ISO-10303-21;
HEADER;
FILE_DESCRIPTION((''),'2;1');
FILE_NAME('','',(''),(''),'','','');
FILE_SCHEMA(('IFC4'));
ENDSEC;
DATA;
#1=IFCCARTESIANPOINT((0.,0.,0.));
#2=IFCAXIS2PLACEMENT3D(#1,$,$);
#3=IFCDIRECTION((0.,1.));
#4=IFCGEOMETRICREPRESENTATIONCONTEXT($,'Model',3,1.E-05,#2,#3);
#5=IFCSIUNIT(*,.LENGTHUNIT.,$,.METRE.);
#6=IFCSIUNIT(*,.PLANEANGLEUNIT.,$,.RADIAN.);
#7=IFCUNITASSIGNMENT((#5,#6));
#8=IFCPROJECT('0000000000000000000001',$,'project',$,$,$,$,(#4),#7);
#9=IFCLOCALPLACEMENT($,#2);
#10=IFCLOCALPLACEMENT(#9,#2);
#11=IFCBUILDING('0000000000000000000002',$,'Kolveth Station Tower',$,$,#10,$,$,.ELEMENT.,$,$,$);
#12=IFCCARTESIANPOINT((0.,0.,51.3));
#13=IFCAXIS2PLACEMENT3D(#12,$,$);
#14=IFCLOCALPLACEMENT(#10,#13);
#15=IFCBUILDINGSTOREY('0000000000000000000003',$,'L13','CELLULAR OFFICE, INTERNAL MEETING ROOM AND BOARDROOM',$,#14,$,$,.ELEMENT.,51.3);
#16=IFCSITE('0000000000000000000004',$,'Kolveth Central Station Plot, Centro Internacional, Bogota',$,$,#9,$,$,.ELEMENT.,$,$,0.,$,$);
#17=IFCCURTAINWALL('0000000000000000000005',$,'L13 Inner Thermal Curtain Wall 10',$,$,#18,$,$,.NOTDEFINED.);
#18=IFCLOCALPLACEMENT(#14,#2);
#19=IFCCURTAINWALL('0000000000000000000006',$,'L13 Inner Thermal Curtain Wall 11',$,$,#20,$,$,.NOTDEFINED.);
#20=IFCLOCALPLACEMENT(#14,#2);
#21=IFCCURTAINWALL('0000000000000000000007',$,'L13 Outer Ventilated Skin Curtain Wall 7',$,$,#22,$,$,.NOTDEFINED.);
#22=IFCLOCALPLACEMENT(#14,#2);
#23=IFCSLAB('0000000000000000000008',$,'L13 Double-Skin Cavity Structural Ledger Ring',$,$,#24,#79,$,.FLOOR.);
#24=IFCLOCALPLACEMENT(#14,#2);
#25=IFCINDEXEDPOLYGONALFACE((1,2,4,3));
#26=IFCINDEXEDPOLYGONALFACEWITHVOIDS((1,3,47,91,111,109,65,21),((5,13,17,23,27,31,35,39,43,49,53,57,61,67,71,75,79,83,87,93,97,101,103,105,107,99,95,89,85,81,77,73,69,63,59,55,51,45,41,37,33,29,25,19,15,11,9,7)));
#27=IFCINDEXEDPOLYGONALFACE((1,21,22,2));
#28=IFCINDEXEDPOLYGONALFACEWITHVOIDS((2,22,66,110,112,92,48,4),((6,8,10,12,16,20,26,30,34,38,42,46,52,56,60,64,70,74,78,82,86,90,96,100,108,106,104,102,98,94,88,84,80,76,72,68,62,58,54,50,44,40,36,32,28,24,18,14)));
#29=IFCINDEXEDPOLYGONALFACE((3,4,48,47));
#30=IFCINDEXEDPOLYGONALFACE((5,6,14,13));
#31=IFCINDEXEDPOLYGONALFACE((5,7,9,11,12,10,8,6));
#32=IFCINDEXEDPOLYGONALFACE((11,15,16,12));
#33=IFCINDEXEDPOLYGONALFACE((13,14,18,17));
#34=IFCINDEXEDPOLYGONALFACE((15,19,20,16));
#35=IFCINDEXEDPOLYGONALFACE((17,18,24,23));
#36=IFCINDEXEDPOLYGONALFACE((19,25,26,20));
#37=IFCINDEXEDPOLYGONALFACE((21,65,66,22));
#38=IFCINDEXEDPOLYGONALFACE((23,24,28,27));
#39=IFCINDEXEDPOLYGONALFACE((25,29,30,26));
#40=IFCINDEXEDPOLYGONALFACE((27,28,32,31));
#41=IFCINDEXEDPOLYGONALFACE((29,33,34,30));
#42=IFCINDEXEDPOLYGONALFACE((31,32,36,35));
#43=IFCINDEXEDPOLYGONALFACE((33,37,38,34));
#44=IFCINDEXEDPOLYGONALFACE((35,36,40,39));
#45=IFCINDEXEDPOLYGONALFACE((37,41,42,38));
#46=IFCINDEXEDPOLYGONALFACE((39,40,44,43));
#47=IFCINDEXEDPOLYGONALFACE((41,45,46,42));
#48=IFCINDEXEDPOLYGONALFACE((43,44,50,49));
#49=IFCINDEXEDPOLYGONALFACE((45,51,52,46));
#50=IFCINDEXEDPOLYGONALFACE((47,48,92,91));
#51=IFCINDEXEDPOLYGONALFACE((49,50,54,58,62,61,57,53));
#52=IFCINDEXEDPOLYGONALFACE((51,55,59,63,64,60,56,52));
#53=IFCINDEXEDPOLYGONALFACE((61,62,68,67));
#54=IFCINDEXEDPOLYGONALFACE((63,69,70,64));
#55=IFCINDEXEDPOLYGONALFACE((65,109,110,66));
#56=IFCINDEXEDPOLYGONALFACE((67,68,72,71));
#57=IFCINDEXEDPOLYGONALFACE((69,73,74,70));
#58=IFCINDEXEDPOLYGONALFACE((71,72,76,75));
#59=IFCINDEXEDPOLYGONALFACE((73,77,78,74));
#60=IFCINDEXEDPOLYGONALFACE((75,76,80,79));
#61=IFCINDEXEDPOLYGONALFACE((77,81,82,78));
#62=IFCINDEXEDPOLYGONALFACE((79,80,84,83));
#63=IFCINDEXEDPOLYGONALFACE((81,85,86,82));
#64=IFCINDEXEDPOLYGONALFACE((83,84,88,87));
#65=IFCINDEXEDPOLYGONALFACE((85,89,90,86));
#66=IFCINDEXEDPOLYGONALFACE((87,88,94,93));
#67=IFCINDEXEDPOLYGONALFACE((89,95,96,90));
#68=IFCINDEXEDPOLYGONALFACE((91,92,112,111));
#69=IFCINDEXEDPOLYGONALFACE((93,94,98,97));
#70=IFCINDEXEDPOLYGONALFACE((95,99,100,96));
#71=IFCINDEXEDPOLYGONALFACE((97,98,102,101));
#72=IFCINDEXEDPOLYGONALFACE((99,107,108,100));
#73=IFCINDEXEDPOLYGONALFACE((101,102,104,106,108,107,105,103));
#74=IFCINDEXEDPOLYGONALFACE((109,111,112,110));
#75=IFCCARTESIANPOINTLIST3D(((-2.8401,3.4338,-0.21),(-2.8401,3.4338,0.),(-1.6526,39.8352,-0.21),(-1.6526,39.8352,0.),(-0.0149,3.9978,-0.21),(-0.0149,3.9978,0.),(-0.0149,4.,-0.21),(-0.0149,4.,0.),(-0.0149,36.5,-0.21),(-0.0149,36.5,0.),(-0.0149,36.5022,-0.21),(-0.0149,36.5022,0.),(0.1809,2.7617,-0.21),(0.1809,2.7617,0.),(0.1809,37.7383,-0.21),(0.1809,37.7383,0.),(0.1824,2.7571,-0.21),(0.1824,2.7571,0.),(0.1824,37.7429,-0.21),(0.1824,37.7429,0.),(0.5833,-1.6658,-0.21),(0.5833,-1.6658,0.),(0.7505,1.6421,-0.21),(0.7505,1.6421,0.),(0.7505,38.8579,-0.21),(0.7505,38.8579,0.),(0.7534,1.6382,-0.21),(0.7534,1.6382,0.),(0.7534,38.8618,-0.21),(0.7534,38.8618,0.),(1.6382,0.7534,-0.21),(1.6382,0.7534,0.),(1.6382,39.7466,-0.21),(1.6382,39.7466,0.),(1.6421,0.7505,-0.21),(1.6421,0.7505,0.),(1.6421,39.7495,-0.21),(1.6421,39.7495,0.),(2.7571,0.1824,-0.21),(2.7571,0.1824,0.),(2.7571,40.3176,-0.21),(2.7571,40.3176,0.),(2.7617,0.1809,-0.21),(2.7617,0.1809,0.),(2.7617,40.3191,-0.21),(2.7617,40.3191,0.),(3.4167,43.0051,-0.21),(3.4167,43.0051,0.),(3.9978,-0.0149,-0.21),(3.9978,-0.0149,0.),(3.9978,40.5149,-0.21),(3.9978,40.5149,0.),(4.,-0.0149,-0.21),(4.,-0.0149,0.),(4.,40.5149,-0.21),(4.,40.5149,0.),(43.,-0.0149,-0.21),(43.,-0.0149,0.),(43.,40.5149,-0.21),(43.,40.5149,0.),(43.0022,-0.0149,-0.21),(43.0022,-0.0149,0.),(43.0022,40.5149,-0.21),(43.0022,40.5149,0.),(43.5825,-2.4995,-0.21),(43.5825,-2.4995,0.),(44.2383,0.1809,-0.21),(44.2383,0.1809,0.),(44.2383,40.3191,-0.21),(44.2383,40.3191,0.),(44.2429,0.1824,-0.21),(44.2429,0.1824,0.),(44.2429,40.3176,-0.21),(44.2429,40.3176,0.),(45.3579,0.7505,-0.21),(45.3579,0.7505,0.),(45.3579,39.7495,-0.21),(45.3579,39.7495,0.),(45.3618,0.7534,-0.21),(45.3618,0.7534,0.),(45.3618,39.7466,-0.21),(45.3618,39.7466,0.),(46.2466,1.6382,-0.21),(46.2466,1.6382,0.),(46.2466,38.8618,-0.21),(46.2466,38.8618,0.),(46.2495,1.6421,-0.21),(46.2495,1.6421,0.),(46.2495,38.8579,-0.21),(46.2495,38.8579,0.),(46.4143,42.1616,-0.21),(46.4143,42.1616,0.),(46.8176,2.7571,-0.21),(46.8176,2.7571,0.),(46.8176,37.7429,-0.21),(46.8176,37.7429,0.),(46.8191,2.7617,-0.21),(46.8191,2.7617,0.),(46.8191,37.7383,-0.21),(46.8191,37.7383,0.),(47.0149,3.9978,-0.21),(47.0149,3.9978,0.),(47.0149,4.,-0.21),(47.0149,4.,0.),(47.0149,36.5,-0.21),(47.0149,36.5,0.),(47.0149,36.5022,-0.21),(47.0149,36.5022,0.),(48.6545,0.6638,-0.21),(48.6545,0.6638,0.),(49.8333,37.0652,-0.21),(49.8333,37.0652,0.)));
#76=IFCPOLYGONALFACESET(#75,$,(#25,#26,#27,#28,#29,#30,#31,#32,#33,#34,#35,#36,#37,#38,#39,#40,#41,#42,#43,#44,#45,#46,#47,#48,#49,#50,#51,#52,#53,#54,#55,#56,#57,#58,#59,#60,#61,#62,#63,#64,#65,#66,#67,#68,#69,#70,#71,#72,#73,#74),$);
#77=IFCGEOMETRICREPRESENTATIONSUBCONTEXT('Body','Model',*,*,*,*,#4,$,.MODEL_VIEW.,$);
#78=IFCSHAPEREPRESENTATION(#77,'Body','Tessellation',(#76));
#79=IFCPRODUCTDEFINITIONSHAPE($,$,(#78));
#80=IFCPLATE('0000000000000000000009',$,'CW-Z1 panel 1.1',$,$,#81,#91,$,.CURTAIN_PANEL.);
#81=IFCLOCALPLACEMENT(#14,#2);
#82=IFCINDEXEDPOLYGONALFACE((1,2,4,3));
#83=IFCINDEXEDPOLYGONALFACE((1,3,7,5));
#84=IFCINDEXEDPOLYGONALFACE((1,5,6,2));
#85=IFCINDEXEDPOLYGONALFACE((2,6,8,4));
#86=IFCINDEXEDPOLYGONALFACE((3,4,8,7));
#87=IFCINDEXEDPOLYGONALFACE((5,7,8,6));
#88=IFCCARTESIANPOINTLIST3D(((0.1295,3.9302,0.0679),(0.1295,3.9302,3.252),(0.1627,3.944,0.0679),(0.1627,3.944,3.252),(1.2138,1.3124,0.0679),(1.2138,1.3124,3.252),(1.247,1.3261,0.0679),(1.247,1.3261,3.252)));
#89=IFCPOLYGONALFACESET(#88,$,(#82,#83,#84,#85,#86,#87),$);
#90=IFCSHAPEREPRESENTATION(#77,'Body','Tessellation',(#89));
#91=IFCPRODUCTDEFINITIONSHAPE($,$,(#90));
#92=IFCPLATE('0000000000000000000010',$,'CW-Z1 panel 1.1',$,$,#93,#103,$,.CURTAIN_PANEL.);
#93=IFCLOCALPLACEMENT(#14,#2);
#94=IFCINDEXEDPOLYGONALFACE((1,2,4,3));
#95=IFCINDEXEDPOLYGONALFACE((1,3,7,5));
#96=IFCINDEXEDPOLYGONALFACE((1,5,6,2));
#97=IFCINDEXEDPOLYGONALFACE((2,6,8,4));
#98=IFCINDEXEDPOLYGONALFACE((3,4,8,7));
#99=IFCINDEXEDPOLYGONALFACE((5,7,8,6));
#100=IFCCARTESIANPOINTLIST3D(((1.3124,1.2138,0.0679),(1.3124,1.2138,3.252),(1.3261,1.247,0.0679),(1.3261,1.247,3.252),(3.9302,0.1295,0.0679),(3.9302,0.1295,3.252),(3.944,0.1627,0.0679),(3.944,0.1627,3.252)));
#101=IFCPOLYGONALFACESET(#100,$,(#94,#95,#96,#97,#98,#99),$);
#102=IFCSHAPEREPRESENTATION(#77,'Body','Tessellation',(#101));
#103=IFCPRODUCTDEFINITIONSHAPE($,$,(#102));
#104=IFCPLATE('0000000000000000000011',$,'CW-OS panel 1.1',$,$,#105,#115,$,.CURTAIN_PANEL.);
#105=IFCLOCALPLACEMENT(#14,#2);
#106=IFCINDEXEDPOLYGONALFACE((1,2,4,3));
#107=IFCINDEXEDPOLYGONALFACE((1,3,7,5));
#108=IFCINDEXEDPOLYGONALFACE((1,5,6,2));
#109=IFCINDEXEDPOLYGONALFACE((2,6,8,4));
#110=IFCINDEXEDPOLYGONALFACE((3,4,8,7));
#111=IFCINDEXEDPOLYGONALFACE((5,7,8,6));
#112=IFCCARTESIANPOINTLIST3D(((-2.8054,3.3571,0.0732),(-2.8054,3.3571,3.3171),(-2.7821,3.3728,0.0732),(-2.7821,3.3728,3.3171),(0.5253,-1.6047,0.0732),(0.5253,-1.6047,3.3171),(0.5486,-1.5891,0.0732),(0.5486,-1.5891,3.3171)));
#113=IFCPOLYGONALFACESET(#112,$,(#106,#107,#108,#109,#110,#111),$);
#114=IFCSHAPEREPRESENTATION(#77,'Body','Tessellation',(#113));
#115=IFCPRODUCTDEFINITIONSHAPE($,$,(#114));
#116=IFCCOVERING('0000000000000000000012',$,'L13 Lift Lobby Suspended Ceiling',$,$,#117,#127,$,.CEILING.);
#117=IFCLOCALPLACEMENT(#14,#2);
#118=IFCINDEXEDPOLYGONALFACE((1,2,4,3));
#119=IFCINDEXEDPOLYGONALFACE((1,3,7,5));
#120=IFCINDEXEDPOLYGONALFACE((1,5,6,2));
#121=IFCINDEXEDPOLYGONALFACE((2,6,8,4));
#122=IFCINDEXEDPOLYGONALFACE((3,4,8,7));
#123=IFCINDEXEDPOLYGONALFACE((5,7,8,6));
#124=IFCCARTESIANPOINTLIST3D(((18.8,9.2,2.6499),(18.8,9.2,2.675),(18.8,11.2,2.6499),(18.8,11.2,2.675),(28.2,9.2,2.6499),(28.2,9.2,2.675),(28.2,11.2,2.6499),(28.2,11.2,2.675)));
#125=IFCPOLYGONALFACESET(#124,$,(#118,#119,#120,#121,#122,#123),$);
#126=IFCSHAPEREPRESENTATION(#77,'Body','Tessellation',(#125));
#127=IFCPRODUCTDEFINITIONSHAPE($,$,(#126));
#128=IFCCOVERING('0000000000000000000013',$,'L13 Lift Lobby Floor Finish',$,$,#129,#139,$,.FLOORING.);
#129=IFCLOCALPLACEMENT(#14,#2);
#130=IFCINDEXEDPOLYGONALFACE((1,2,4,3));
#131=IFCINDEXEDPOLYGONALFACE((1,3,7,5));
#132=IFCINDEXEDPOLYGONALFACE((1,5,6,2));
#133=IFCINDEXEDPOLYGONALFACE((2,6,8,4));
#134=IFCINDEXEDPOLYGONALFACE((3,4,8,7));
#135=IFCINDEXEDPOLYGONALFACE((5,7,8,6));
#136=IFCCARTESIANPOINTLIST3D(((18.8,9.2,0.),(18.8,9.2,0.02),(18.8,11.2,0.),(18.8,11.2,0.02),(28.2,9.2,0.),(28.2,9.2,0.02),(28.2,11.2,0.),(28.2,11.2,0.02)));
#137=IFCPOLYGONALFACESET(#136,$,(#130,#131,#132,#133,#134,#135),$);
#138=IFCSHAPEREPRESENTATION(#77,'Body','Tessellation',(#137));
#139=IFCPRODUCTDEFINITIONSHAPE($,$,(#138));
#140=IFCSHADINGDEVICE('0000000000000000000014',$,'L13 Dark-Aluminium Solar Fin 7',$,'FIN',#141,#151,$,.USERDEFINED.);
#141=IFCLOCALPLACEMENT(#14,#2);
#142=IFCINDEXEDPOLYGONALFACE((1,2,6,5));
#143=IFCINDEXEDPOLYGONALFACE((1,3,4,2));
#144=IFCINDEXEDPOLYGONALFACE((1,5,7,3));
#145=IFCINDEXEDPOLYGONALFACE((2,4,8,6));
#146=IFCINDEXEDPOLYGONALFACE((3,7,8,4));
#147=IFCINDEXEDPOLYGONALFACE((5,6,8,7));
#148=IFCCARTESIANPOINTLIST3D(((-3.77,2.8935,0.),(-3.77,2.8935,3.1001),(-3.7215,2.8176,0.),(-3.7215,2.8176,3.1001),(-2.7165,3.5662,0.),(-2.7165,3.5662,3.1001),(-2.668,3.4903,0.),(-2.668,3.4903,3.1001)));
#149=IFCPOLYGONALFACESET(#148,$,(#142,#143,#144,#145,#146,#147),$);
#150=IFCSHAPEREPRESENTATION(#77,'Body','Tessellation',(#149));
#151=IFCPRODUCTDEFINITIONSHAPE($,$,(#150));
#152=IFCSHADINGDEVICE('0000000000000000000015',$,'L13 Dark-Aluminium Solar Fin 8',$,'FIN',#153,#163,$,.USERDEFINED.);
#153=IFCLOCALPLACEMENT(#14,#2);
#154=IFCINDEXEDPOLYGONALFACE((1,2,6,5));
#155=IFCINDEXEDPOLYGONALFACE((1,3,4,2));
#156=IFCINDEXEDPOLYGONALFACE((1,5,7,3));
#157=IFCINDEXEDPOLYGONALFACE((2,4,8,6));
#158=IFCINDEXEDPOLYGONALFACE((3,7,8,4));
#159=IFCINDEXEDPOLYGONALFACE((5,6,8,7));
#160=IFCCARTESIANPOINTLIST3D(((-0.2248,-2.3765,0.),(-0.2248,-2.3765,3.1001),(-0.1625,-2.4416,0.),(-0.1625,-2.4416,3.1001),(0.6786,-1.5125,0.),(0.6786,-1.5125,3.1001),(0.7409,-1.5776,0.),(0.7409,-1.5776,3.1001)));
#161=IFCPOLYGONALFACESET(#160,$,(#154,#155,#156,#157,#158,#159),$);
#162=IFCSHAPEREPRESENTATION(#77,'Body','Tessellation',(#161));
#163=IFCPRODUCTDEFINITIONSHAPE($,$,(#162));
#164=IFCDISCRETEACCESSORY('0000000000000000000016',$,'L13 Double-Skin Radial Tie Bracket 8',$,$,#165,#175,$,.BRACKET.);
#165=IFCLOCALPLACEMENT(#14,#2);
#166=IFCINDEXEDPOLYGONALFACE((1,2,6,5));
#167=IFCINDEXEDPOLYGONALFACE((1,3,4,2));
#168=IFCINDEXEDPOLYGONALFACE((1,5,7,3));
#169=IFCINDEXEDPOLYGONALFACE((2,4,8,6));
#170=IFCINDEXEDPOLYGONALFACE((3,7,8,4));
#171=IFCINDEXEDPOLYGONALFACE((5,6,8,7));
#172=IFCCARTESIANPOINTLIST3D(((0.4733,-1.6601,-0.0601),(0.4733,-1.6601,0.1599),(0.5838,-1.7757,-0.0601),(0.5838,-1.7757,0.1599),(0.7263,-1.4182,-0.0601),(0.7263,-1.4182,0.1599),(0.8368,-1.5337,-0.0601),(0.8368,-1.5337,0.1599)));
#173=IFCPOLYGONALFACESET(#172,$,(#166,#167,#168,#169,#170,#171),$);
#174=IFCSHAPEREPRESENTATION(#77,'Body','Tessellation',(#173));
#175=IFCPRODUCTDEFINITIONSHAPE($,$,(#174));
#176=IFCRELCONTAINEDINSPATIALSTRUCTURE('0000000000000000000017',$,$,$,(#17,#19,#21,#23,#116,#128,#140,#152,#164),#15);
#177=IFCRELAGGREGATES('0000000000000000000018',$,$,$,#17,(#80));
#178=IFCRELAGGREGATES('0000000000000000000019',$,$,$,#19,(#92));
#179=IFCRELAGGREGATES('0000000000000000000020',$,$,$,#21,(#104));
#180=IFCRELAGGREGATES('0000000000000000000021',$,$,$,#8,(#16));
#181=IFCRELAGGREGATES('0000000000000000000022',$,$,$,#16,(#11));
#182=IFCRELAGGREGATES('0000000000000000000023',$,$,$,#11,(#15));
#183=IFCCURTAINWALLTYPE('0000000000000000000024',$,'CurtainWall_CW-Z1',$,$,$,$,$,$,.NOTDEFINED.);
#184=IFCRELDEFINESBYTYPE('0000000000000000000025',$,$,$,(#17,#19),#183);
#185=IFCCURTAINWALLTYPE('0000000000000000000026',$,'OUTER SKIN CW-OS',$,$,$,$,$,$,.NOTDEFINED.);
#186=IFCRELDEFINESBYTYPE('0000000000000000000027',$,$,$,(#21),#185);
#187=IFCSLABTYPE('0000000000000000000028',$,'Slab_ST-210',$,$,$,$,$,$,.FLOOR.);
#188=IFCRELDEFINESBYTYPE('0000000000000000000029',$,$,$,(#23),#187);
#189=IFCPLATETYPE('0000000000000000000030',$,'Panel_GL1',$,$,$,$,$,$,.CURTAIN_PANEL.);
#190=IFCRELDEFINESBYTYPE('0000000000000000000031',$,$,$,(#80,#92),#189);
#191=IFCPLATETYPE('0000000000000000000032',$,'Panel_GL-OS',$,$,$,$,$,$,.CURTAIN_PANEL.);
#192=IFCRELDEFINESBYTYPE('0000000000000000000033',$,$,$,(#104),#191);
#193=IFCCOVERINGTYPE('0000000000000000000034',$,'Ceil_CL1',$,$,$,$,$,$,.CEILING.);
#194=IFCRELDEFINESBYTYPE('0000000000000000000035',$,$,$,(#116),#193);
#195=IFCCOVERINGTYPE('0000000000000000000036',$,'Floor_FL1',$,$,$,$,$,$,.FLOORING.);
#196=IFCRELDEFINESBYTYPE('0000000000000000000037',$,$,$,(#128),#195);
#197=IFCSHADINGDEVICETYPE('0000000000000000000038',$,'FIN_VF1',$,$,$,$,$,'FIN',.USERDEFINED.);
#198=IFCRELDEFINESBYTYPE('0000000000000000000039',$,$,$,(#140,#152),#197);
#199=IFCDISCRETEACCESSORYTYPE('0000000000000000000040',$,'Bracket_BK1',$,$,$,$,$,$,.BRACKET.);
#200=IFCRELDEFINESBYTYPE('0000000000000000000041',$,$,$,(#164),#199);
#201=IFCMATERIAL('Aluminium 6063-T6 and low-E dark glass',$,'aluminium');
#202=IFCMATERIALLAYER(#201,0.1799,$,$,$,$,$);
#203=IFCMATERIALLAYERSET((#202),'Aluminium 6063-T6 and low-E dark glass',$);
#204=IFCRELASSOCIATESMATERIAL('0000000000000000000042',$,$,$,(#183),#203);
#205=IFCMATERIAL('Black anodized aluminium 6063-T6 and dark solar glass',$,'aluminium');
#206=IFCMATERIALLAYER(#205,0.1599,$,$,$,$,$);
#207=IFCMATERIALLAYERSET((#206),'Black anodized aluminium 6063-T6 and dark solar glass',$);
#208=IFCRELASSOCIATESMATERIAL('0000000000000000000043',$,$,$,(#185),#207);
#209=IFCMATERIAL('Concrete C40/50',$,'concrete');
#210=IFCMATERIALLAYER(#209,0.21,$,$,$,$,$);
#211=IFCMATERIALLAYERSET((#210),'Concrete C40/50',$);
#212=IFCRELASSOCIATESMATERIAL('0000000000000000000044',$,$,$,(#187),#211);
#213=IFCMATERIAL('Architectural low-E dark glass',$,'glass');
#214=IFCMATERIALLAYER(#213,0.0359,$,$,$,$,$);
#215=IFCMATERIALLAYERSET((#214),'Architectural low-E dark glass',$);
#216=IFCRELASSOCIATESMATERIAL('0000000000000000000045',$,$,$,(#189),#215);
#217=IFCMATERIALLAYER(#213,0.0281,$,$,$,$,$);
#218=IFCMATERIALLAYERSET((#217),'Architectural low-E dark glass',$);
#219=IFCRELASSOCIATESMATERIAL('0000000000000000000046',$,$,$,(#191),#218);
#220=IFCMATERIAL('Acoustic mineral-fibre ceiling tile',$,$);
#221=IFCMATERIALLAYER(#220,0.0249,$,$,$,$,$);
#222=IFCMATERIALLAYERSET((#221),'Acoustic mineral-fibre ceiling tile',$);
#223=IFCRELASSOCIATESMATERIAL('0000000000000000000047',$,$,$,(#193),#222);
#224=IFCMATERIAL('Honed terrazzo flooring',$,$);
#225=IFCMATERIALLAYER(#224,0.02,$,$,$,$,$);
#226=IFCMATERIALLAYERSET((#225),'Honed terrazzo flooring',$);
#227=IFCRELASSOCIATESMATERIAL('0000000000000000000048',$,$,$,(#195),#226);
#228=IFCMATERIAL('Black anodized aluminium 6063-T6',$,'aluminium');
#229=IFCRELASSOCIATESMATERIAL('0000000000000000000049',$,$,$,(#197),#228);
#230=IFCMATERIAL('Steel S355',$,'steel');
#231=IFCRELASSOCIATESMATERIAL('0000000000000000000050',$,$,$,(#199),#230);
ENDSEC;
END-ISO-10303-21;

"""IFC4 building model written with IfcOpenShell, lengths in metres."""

from ifc_helpers import new_model, si_unit, direction, frame, origin, origin_2d, place, context, subcontext, project, spatial, polyline, rectangle, outline, extrude, source, transform, mapped, material, layer, layer_set, type_object, element, aggregate, save


model = new_model("IFC4")

# Units and contexts
model_context = context("Model", 3, precision=1e-05, world=origin(), true_north=direction((0.0, 1.0)))
body_context = subcontext(model_context, "Body", "Model", "MODEL_VIEW")
ifc_project = project(units=[si_unit("LENGTHUNIT", "METRE"), si_unit("PLANEANGLEUNIT", "RADIAN")], contexts=[model_context])

# Site, building, storey
site_placement = place(None, origin())
site = spatial("IfcSite", under=ifc_project, at=site_placement, Name="Kolveth Central Station Plot, Centro Internacional, Bogota", CompositionType="ELEMENT", RefElevation=0.0)
building_placement = place(site_placement, origin())
building = spatial("IfcBuilding", under=site, at=building_placement, Name="Kolveth Station Tower", CompositionType="ELEMENT")
storey_placement = place(building_placement, frame((0.0, 0.0, 51.3)))
storey = spatial("IfcBuildingStorey", under=building, at=storey_placement, Name="L13", Description="CELLULAR OFFICE, INTERNAL MEETING ROOM AND BOARDROOM", CompositionType="ELEMENT", Elevation=51.3)

# Shared definitions
ifc_material_1 = material(Name="Steel S355", Category="steel")

# Curtain wall
ifc_material_2 = material(Name="Aluminium 6063-T6 and low-E dark glass", Category="aluminium")
ifc_layer_1 = layer(ifc_material_2, 0.1799)
ifc_layer_set_1 = layer_set([ifc_layer_1], Name="Aluminium 6063-T6 and low-E dark glass")
curtain_wall_type_1 = type_object("IfcCurtainWallType", Name="CurtainWall_CW-Z1", PredefinedType="NOTDEFINED", material=ifc_layer_set_1)
curtain_wall_1_placement = place(storey_placement, origin())
curtain_wall_1 = element("IfcCurtainWall", 1, at=curtain_wall_1_placement, inside=storey, type_object=curtain_wall_type_1, Name="L13 Inner Thermal Curtain Wall 10", PredefinedType="NOTDEFINED")
ifc_material_3 = material(Name="Black anodized aluminium 6063-T6", Category="aluminium")

# Curtain wall
curtain_wall_2_placement = place(storey_placement, origin())
curtain_wall_2 = element("IfcCurtainWall", 2, at=curtain_wall_2_placement, inside=storey, type_object=curtain_wall_type_1, Name="L13 Inner Thermal Curtain Wall 11", PredefinedType="NOTDEFINED")

# Curtain wall
ifc_material_4 = material(Name="Black anodized aluminium 6063-T6 and dark solar glass", Category="aluminium")
ifc_layer_2 = layer(ifc_material_4, 0.1599)
ifc_layer_set_2 = layer_set([ifc_layer_2], Name="Black anodized aluminium 6063-T6 and dark solar glass")
curtain_wall_type_2 = type_object("IfcCurtainWallType", Name="OUTER SKIN CW-OS", PredefinedType="NOTDEFINED", material=ifc_layer_set_2)
curtain_wall_3_placement = place(storey_placement, origin())
curtain_wall_3 = element("IfcCurtainWall", 3, at=curtain_wall_3_placement, inside=storey, type_object=curtain_wall_type_2, Name="L13 Outer Ventilated Skin Curtain Wall 7", PredefinedType="NOTDEFINED")

# Shared definitions
ifc_material_5 = material(Name="Concrete C40/50", Category="concrete")

# Slab
ifc_layer_3 = layer(ifc_material_5, 0.21)
ifc_layer_set_3 = layer_set([ifc_layer_3], Name="Concrete C40/50")
slab_type_1 = type_object("IfcSlabType", Name="Slab_ST-210", PredefinedType="FLOOR", material=ifc_layer_set_3)
slab_1_placement = place(storey_placement, frame((0.0, 0.0, -0.21)))
element("IfcSlab", 4, at=slab_1_placement, inside=storey, type_object=slab_type_1, Name="L13 Double-Skin Cavity Structural Ledger Ring", PredefinedType="FLOOR", context=body_context, shape_type="SweptSolid", body=[
    extrude(outline(polyline([(0.5833, -1.6658), (-2.8401, 3.4338), (-1.6526, 39.8352), (3.4167, 43.0051), (46.4143, 42.1616), (49.8333, 37.0652), (48.6545, 0.6638), (43.5825, -2.4995), (0.5833, -1.6658)]), holes=[polyline([(43.0022, -0.0149), (44.2383, 0.1809), (44.2429, 0.1824), (45.3579, 0.7505), (45.3618, 0.7534), (46.2466, 1.6382), (46.2495, 1.6421), (46.8176, 2.7571), (46.8191, 2.7617), (47.0149, 3.9978), (47.0149, 4.0), (47.0149, 36.5), (47.0149, 36.5022), (46.8191, 37.7383), (46.8176, 37.7429), (46.2495, 38.8579), (46.2466, 38.8618), (45.3618, 39.7466), (45.3579, 39.7495), (44.2429, 40.3176), (44.2383, 40.3191), (43.0022, 40.5149), (43.0, 40.5149), (4.0, 40.5149), (3.9978, 40.5149), (2.7617, 40.3191), (2.7571, 40.3176), (1.6421, 39.7495), (1.6382, 39.7466), (0.7534, 38.8618), (0.7505, 38.8579), (0.1824, 37.7429), (0.1809, 37.7383), (-0.0149, 36.5022), (-0.0149, 36.5), (-0.0149, 4.0), (-0.0149, 3.9978), (0.1809, 2.7617), (0.1824, 2.7571), (0.7505, 1.6421), (0.7534, 1.6382), (1.6382, 0.7534), (1.6421, 0.7505), (2.7571, 0.1824), (2.7617, 0.1809), (3.9978, -0.0149), (4.0, -0.0149), (43.0, -0.0149), (43.0022, -0.0149)])]), origin(), (0.0, 0.0, 1.0), 0.21),
])

# Plates
ifc_material_6 = material(Name="Architectural low-E dark glass", Category="glass")
ifc_layer_4 = layer(ifc_material_6, 0.0359)
ifc_layer_set_4 = layer_set([ifc_layer_4], Name="Architectural low-E dark glass")
plate_type_1 = type_object("IfcPlateType", Name="Panel_GL1", PredefinedType="CURTAIN_PANEL", material=ifc_layer_set_4)
shared_shape_1 = source(origin(), body_context, "Body", "SweptSolid", [
    extrude(rectangle(XDim=2.8335, YDim=0.0359, at=origin_2d()), origin(), (0.0, 0.0, 1.0), 3.1841),
])
plate_1_placement = place(storey_placement, frame((0.6882, 2.6282, 0.0679), z_axis=(0.0, 0.0, 1.0), x_axis=(0.382673, -0.923884, 0.0)))
plate_1 = element("IfcPlate", 5, at=plate_1_placement, type_object=plate_type_1, Name="CW-Z1 panel 1.1", PredefinedType="CURTAIN_PANEL", context=body_context, shape_type="MappedRepresentation", body=[
    mapped(shared_shape_1, transform((0.0, 0.0, 0.0), x_axis=(1.0, 0.0, 0.0), y_axis=(0.0, 1.0, 0.0), z_axis=(0.0, 0.0, 1.0), scale=1.0)),
])
aggregate(curtain_wall_1, [plate_1])
plate_2_placement = place(storey_placement, frame((2.6282, 0.6882, 0.0679), z_axis=(0.0, 0.0, 1.0), x_axis=(0.923884, -0.382673, 0.0)))
plate_2 = element("IfcPlate", 6, at=plate_2_placement, type_object=plate_type_1, Name="CW-Z1 panel 1.1", PredefinedType="CURTAIN_PANEL", context=body_context, shape_type="MappedRepresentation", body=[
    mapped(shared_shape_1, transform((0.0, 0.0, 0.0), x_axis=(1.0, 0.0, 0.0), y_axis=(0.0, 1.0, 0.0), z_axis=(0.0, 0.0, 1.0), scale=1.0)),
])
aggregate(curtain_wall_2, [plate_2])
ifc_layer_5 = layer(ifc_material_6, 0.0281)
ifc_layer_set_5 = layer_set([ifc_layer_5], Name="Architectural low-E dark glass")
plate_type_2 = type_object("IfcPlateType", Name="Panel_GL-OS", PredefinedType="CURTAIN_PANEL", material=ifc_layer_set_5)
shared_shape_2 = source(origin(), body_context, "Body", "SweptSolid", [
    extrude(rectangle(XDim=5.9761, YDim=0.0281, at=origin_2d()), origin(), (0.0, 0.0, 1.0), 3.2439),
])
plate_3_placement = place(storey_placement, frame((-1.1284, 0.884, 0.0732), z_axis=(0.0, 0.0, 1.0), x_axis=(0.557342, -0.830283, 0.0)))
plate_3 = element("IfcPlate", 7, at=plate_3_placement, type_object=plate_type_2, Name="CW-OS panel 1.1", PredefinedType="CURTAIN_PANEL", context=body_context, shape_type="MappedRepresentation", body=[
    mapped(shared_shape_2, transform((0.0, 0.0, 0.0), x_axis=(1.0, 0.0, 0.0), y_axis=(0.0, 1.0, 0.0), z_axis=(0.0, 0.0, 1.0), scale=1.0)),
])
aggregate(curtain_wall_3, [plate_3])

# Coverings
ifc_material_7 = material(Name="Acoustic mineral-fibre ceiling tile")
ifc_layer_6 = layer(ifc_material_7, 0.0249)
ifc_layer_set_6 = layer_set([ifc_layer_6], Name="Acoustic mineral-fibre ceiling tile")
covering_type_1 = type_object("IfcCoveringType", Name="Ceil_CL1", PredefinedType="CEILING", material=ifc_layer_set_6)
covering_1_placement = place(storey_placement, frame((0.0, 0.0, 2.6499)))
element("IfcCovering", 8, at=covering_1_placement, inside=storey, type_object=covering_type_1, Name="L13 Lift Lobby Suspended Ceiling", PredefinedType="CEILING", context=body_context, shape_type="SweptSolid", body=[
    extrude(outline(polyline([(18.8, 9.2), (28.2, 9.2), (28.2, 11.2), (18.8, 11.2), (18.8, 9.2)])), origin(), (0.0, 0.0, 1.0), 0.0251),
])
ifc_material_8 = material(Name="Honed terrazzo flooring")
ifc_layer_7 = layer(ifc_material_8, 0.02)
ifc_layer_set_7 = layer_set([ifc_layer_7], Name="Honed terrazzo flooring")
covering_type_2 = type_object("IfcCoveringType", Name="Floor_FL1", PredefinedType="FLOORING", material=ifc_layer_set_7)
covering_2_placement = place(storey_placement, origin())
element("IfcCovering", 9, at=covering_2_placement, inside=storey, type_object=covering_type_2, Name="L13 Lift Lobby Floor Finish", PredefinedType="FLOORING", context=body_context, shape_type="SweptSolid", body=[
    extrude(outline(polyline([(18.8, 9.2), (28.2, 9.2), (28.2, 11.2), (18.8, 11.2), (18.8, 9.2)])), origin(), (0.0, 0.0, 1.0), 0.02),
])

# Shading devices
shading_device_type = type_object("IfcShadingDeviceType", Name="FIN_VF1", ElementType="FIN", PredefinedType="USERDEFINED", material=ifc_material_3)
shared_shape_3 = source(origin(), body_context, "Body", "SweptSolid", [
    extrude(rectangle(XDim=1.25, YDim=0.0901, at=origin_2d()), origin(), (0.0, 0.0, 1.0), 3.1001),
])
for number, where, z_axis, x_axis, name in (
    (10, (-3.219, 3.1919, 0.0), (0.0, 0.0, 1.0), (-0.842828, -0.538183, 0.0), "L13 Dark-Aluminium Solar Fin 7"),
    (11, (0.2581, -1.9771, 0.0), (0.0, 0.0, 1.0), (-0.722726, -0.691135, 0.0), "L13 Dark-Aluminium Solar Fin 8"),
):
    element("IfcShadingDevice", number, at=place(storey_placement, frame(where, z_axis=z_axis, x_axis=x_axis)), inside=storey, type_object=shading_device_type, Name=name, ObjectType="FIN", PredefinedType="USERDEFINED", context=body_context, shape_type="MappedRepresentation", body=[
        mapped(shared_shape_3, transform((0.0, 0.0, 0.0), x_axis=(1.0, 0.0, 0.0), y_axis=(0.0, 1.0, 0.0), z_axis=(0.0, 0.0, 1.0), scale=1.0)),
    ])

# Discrete accessory
discrete_accessory_type = type_object("IfcDiscreteAccessoryType", Name="Bracket_BK1", PredefinedType="BRACKET", material=ifc_material_1)
shared_shape_4 = source(origin(), body_context, "Body", "SweptSolid", [
    extrude(rectangle(XDim=0.3501, YDim=0.1599, at=origin_2d()), origin(), (0.0, 0.0, 1.0), 0.22),
])
discrete_accessory_placement = place(storey_placement, frame((0.655, -1.5969, -0.0601), z_axis=(0.0, 0.0, 1.0), x_axis=(-0.722726, -0.691135, 0.0)))
element("IfcDiscreteAccessory", 12, at=discrete_accessory_placement, inside=storey, type_object=discrete_accessory_type, Name="L13 Double-Skin Radial Tie Bracket 8", PredefinedType="BRACKET", context=body_context, shape_type="MappedRepresentation", body=[
    mapped(shared_shape_4, transform((0.0, 0.0, 0.0), x_axis=(1.0, 0.0, 0.0), y_axis=(0.0, 1.0, 0.0), z_axis=(0.0, 0.0, 1.0), scale=1.0)),
])

save(model, "model.ifc")
